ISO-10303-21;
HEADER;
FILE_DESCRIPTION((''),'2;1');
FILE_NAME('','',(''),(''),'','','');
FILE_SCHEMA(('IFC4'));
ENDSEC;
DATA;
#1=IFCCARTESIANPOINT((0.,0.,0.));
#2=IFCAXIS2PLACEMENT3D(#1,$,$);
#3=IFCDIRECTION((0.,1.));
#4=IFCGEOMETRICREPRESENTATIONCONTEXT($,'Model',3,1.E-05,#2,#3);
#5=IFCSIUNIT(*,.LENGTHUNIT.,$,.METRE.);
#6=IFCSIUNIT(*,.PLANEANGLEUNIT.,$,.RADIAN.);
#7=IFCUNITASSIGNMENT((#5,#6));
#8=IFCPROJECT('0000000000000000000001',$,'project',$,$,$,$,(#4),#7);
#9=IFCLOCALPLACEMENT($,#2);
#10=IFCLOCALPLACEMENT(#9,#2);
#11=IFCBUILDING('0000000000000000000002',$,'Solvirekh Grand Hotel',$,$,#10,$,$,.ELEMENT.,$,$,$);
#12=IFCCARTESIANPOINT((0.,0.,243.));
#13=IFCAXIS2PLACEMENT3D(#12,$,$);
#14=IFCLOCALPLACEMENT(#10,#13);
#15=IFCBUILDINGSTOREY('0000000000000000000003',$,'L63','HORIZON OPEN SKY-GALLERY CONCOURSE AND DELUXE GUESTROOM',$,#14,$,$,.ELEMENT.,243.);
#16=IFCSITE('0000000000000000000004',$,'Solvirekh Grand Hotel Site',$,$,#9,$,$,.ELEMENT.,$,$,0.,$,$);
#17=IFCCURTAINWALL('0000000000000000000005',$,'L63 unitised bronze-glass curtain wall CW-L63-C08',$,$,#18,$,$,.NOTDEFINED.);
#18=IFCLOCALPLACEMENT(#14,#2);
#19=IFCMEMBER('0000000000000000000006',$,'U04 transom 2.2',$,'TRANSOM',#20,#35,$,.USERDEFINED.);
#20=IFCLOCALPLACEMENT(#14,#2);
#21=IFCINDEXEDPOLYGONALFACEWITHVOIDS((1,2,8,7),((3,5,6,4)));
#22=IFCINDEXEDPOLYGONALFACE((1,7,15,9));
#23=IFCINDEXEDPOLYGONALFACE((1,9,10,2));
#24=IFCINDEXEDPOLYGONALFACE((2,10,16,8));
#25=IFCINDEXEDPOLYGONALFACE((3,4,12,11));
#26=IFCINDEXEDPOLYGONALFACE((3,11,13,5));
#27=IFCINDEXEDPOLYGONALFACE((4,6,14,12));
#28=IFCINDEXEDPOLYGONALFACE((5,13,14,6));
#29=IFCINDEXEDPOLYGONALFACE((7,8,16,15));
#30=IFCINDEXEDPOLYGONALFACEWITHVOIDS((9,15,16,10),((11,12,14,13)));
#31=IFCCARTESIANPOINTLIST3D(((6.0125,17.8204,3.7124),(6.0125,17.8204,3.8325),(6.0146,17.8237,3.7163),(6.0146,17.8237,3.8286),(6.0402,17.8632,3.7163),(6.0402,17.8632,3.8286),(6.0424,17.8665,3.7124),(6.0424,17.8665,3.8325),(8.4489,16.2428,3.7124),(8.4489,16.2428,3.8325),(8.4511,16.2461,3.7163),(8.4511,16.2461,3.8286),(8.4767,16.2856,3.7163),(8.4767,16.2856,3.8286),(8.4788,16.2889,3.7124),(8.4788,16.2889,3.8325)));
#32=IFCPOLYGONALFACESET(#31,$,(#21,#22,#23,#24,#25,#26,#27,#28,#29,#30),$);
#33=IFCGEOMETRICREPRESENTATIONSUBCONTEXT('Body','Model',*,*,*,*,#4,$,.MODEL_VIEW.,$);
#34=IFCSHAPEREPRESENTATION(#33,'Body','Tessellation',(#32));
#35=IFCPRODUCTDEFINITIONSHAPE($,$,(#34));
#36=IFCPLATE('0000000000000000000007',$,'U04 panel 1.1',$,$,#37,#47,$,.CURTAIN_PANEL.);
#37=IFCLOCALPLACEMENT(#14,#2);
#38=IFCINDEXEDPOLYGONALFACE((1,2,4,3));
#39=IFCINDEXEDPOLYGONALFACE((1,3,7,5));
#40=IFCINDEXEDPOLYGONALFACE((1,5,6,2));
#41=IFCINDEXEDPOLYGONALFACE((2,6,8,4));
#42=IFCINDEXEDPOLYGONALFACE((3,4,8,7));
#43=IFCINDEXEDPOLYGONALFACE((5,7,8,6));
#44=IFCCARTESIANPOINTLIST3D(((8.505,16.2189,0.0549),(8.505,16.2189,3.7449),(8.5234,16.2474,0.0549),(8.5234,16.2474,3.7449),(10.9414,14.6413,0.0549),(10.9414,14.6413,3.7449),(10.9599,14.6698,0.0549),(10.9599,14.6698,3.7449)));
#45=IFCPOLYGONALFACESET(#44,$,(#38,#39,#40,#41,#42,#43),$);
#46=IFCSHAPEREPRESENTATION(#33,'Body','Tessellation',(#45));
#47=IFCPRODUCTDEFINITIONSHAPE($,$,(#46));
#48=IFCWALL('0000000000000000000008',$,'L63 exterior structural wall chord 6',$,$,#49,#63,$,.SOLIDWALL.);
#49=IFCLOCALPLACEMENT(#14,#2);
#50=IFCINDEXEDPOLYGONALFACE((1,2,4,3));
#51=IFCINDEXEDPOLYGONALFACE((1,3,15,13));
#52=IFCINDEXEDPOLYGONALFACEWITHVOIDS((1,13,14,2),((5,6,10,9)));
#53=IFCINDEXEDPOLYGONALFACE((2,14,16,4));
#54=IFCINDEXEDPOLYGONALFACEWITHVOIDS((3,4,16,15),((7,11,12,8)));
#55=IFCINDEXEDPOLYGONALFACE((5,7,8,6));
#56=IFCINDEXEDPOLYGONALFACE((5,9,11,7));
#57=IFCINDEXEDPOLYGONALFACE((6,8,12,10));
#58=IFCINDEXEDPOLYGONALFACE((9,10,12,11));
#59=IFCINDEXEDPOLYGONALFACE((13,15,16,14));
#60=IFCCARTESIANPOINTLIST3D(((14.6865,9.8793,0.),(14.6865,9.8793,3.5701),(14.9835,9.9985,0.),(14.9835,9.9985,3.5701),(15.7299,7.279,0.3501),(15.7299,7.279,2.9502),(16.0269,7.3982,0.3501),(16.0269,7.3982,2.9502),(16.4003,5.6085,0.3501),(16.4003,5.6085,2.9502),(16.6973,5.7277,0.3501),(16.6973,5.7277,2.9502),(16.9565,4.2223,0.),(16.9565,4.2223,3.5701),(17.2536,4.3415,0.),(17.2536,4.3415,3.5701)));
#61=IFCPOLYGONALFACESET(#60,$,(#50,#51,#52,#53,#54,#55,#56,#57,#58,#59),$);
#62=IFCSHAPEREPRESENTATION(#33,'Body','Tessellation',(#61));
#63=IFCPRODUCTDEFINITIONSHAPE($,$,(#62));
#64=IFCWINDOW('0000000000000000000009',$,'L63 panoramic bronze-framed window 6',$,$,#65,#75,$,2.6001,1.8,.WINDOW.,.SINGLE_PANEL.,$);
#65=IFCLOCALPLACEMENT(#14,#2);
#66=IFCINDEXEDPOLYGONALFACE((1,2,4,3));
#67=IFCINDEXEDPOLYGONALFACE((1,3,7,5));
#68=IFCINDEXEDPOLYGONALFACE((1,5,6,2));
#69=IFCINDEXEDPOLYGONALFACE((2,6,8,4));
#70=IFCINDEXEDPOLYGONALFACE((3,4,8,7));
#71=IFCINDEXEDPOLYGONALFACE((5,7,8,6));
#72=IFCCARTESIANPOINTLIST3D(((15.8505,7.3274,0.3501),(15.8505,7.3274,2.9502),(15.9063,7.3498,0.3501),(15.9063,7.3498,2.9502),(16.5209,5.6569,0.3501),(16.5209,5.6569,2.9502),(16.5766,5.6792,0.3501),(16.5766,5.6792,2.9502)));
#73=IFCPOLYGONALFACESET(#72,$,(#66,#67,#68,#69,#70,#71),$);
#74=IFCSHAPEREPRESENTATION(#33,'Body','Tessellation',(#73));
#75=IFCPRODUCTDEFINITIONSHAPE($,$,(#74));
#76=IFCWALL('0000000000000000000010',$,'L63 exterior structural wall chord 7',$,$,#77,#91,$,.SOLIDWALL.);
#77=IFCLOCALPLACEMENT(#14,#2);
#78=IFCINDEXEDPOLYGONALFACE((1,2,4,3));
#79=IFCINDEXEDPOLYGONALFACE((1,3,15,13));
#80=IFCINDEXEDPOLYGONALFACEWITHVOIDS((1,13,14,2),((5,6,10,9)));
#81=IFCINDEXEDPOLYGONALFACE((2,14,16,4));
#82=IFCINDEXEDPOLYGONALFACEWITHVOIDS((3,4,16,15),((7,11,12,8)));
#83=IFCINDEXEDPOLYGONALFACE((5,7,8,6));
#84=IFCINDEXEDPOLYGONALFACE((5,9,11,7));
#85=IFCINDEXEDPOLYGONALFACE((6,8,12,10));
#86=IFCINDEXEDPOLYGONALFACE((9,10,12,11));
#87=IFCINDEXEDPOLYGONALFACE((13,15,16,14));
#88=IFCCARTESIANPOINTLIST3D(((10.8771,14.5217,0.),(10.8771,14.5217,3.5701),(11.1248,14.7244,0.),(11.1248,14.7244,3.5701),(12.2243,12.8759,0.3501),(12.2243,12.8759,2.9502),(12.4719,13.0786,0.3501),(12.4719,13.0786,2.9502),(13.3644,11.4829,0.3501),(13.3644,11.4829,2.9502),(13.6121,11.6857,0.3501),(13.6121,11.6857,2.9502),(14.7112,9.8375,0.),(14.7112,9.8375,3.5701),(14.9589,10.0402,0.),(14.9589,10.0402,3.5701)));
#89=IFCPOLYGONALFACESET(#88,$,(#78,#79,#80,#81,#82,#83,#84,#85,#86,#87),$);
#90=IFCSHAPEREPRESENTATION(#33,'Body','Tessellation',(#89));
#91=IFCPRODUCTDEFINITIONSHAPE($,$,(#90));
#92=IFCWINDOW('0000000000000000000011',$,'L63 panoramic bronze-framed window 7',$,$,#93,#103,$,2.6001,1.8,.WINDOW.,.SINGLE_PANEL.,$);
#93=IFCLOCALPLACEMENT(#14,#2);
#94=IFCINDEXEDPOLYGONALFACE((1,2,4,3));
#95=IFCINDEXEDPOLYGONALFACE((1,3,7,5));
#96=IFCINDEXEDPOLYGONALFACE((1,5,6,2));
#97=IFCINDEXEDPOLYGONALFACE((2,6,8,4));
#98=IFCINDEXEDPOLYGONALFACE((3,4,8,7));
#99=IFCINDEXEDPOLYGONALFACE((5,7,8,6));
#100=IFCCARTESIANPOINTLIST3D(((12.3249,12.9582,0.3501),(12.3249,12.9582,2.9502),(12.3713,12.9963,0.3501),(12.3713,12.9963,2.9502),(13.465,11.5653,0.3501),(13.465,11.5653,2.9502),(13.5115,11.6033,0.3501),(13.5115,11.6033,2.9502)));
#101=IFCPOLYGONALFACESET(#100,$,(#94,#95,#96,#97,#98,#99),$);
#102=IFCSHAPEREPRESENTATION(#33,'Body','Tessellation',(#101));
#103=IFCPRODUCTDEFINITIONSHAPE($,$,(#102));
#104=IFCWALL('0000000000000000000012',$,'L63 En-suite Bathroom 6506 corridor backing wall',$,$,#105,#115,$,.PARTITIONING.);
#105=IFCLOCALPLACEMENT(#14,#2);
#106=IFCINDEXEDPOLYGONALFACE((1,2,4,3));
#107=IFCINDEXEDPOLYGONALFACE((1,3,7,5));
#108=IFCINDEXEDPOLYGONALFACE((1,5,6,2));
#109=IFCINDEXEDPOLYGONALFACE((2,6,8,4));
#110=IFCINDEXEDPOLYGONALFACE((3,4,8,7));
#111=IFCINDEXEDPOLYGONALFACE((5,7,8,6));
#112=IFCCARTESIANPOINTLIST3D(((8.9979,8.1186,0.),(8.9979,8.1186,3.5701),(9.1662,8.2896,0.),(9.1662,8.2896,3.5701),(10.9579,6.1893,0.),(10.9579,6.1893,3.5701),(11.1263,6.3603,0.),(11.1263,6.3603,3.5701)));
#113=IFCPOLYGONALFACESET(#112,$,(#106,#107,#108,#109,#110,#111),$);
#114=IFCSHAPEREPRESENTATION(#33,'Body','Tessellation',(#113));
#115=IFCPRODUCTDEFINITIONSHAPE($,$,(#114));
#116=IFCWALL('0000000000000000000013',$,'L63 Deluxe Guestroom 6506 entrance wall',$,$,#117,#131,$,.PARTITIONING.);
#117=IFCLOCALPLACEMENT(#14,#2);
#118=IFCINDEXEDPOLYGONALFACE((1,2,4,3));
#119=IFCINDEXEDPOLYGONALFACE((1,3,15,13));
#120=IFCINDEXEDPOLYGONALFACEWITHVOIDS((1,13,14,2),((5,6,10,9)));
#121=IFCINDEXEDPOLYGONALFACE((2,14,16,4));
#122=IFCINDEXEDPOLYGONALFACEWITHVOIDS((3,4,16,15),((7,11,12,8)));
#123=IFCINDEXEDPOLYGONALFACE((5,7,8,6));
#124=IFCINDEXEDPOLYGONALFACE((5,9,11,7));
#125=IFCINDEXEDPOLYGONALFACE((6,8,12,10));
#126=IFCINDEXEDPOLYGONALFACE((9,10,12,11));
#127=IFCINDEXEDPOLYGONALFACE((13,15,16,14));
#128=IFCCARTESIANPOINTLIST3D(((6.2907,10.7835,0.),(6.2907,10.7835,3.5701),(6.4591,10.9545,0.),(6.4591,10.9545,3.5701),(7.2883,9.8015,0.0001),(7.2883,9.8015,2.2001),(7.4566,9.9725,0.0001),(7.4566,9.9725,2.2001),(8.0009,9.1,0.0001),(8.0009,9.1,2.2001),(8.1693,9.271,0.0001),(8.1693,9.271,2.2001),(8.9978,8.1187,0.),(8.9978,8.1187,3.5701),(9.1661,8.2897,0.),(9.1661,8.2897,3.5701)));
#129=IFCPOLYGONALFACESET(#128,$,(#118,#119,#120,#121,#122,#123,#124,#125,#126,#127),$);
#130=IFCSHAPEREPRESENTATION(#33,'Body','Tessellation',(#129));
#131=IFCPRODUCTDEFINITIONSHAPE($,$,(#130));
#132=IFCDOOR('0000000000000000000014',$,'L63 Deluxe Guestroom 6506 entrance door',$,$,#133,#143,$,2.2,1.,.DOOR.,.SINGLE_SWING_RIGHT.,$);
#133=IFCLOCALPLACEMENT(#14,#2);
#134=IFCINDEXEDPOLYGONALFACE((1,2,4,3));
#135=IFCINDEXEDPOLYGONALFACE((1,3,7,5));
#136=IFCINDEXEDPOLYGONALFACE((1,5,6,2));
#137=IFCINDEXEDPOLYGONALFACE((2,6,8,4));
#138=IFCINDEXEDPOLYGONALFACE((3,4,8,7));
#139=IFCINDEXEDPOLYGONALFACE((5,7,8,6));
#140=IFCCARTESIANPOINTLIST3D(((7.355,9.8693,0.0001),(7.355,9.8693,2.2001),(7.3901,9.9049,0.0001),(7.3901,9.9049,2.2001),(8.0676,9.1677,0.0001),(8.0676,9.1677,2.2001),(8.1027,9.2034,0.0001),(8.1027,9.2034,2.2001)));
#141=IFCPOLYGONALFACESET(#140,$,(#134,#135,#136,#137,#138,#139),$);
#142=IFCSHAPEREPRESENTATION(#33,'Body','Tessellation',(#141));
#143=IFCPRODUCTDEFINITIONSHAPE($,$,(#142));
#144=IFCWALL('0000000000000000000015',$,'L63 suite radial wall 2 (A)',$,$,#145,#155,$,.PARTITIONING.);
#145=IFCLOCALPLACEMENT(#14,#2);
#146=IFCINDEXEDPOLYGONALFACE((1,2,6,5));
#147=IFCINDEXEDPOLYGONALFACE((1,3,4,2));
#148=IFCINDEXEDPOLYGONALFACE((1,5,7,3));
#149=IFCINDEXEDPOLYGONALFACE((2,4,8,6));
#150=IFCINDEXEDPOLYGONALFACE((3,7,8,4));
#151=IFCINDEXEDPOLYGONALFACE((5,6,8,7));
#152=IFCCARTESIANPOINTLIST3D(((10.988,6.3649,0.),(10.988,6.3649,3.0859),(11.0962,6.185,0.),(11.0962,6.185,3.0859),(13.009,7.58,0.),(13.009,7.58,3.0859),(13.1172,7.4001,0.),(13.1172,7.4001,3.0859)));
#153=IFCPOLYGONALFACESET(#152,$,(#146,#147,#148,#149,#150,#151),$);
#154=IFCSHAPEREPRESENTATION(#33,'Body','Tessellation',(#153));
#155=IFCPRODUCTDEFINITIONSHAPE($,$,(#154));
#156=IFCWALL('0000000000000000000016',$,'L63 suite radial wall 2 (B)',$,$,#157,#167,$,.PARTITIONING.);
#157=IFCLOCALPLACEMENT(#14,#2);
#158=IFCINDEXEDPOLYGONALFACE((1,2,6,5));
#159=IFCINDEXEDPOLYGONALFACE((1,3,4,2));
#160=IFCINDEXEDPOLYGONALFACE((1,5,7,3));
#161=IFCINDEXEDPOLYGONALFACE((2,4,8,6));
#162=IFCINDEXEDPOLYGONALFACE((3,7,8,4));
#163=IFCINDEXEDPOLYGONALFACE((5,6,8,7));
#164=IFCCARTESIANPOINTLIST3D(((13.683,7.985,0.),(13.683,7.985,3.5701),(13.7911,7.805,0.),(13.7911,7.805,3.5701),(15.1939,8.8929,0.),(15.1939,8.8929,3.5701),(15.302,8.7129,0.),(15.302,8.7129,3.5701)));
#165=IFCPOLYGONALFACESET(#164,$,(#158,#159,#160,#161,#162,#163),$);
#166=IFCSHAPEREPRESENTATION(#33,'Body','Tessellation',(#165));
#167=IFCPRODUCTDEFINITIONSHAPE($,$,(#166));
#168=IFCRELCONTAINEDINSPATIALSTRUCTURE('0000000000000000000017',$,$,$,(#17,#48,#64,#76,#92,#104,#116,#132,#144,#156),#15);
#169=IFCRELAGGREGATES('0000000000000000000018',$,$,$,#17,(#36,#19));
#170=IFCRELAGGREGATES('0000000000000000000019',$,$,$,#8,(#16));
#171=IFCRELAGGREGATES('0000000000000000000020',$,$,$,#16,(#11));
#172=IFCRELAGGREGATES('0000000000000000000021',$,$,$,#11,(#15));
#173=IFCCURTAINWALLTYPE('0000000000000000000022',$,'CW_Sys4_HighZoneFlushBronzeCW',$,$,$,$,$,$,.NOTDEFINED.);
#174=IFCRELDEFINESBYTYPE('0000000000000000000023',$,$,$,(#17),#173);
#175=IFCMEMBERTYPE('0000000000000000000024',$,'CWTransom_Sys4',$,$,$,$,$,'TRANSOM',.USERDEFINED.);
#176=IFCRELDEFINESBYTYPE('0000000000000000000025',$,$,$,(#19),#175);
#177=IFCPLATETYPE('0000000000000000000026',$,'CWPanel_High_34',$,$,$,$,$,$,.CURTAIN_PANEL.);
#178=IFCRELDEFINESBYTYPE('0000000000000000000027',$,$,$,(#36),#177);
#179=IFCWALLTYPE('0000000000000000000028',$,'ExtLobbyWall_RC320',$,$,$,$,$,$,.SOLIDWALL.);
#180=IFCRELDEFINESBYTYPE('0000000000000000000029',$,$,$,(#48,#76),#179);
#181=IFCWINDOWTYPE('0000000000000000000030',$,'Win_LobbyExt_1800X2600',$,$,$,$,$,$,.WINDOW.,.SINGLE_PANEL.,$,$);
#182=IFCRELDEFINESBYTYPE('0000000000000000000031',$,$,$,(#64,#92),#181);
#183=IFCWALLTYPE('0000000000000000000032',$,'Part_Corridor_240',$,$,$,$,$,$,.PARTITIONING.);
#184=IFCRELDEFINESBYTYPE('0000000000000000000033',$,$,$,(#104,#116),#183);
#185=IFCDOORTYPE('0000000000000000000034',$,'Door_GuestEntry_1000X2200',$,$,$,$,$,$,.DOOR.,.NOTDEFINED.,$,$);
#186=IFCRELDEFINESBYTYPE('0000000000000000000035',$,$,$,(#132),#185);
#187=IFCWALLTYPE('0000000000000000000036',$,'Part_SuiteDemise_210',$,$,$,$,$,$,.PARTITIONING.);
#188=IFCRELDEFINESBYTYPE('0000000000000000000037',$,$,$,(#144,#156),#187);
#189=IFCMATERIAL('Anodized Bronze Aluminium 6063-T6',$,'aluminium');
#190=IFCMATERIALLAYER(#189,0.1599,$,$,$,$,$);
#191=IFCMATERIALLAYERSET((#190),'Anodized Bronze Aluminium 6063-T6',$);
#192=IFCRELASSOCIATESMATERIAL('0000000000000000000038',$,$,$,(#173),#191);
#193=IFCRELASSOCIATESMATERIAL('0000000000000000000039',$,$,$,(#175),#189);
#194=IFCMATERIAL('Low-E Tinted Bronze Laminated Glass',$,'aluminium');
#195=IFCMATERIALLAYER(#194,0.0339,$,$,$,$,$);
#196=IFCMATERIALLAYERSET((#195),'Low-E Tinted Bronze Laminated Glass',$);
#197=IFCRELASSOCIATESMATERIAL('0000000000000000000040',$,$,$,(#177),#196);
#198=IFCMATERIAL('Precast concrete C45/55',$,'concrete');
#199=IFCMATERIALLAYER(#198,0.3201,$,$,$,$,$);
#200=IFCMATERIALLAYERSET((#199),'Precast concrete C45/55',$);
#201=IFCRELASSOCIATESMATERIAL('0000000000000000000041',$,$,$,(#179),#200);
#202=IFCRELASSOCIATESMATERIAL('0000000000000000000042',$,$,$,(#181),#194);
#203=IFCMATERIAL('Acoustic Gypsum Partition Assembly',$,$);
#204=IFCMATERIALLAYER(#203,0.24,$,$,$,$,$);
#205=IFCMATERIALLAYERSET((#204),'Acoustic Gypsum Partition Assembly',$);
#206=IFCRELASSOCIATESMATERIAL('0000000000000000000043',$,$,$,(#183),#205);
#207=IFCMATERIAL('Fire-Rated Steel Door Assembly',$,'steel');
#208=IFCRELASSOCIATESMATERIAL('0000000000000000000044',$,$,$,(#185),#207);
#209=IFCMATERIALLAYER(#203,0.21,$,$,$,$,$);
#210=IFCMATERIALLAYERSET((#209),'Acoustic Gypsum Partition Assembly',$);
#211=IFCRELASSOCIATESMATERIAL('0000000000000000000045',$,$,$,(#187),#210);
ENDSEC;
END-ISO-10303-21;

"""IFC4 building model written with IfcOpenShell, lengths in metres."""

from ifc_helpers import new_model, si_unit, direction, frame, frame_2d, origin, origin_2d, place, context, subcontext, project, spatial, rectangle, hollow_rectangle, extrude, source, transform, mapped, material, layer, layer_set, material_profile, profile_set, type_object, element, fill, aggregate, save


model = new_model("IFC4")

# Units and contexts
model_context = context("Model", 3, precision=1e-05, world=origin(), true_north=direction((0.0, 1.0)))
body_context = subcontext(model_context, "Body", "Model", "MODEL_VIEW")
ifc_project = project(units=[si_unit("LENGTHUNIT", "METRE"), si_unit("PLANEANGLEUNIT", "RADIAN")], contexts=[model_context])

# Site, building, storey
site_placement = place(None, origin())
site = spatial("IfcSite", under=ifc_project, at=site_placement, Name="Solvirekh Grand Hotel Site", CompositionType="ELEMENT", RefElevation=0.0)
building_placement = place(site_placement, origin())
building = spatial("IfcBuilding", under=site, at=building_placement, Name="Solvirekh Grand Hotel", CompositionType="ELEMENT")
storey_placement = place(building_placement, frame((0.0, 0.0, 243.0)))
storey = spatial("IfcBuildingStorey", under=building, at=storey_placement, Name="L63", Description="HORIZON OPEN SKY-GALLERY CONCOURSE AND DELUXE GUESTROOM", CompositionType="ELEMENT", Elevation=243.0)

# Curtain wall, member, plate
ifc_material_1 = material(Name="Anodized Bronze Aluminium 6063-T6", Category="aluminium")
ifc_layer_1 = layer(ifc_material_1, 0.1599)
ifc_layer_set_1 = layer_set([ifc_layer_1], Name="Anodized Bronze Aluminium 6063-T6")
curtain_wall_type = type_object("IfcCurtainWallType", Name="CW_Sys4_HighZoneFlushBronzeCW", PredefinedType="NOTDEFINED", material=ifc_layer_set_1)
curtain_wall_placement = place(storey_placement, origin())
curtain_wall = element("IfcCurtainWall", 1, at=curtain_wall_placement, inside=storey, type_object=curtain_wall_type, Name="L63 unitised bronze-glass curtain wall CW-L63-C08", PredefinedType="NOTDEFINED")
ifc_material_profile_1 = material_profile(ifc_material_1, hollow_rectangle(XDim=0.0549, YDim=0.1201, WallThickness=0.0039, at=origin_2d()), Name="ALU RHS 120X55X4")
ifc_profile_set_1 = profile_set([ifc_material_profile_1], Name="Anodized Bronze Aluminium 6063-T6")
member_type_1 = type_object("IfcMemberType", Name="CWTransom_Sys4", ElementType="TRANSOM", PredefinedType="USERDEFINED", material=ifc_profile_set_1)
shared_shape_1 = source(origin(), body_context, "Body", "SweptSolid", [
    extrude(hollow_rectangle(XDim=0.0549, YDim=0.1201, WallThickness=0.0039, at=origin_2d()), origin(), (0.0, 0.0, 1.0), 2.9026),
])
member_1_placement = place(storey_placement, frame((8.4639, 16.2659, 3.7725), z_axis=(-0.839403, 0.543509, 0.0), x_axis=(-0.543509, -0.839403, 0.0)))
member_1 = element("IfcMember", 2, at=member_1_placement, type_object=member_type_1, Name="U04 transom 2.2", ObjectType="TRANSOM", PredefinedType="USERDEFINED", context=body_context, shape_type="MappedRepresentation", body=[
    mapped(shared_shape_1, transform((0.0, 0.0, 0.0), x_axis=(1.0, 0.0, 0.0), y_axis=(0.0, 1.0, 0.0), z_axis=(0.0, 0.0, 1.0), scale=1.0)),
])
ifc_material_2 = material(Name="Low-E Tinted Bronze Laminated Glass", Category="aluminium")
ifc_layer_2 = layer(ifc_material_2, 0.0339)
ifc_layer_set_2 = layer_set([ifc_layer_2], Name="Low-E Tinted Bronze Laminated Glass")
plate_type = type_object("IfcPlateType", Name="CWPanel_High_34", PredefinedType="CURTAIN_PANEL", material=ifc_layer_set_2)
shared_shape_2 = source(origin(), body_context, "Body", "SweptSolid", [
    extrude(rectangle(XDim=2.9026, YDim=0.0339, at=origin_2d()), origin(), (0.0, 0.0, 1.0), 3.6899),
])
plate_placement = place(storey_placement, frame((9.7324, 15.4443, 0.0549), z_axis=(0.0, 0.0, 1.0), x_axis=(-0.839404, 0.543508, 0.0)))
plate = element("IfcPlate", 3, at=plate_placement, type_object=plate_type, Name="U04 panel 1.1", PredefinedType="CURTAIN_PANEL", context=body_context, shape_type="MappedRepresentation", body=[
    mapped(shared_shape_2, transform((0.0, 0.0, 0.0), x_axis=(1.0, 0.0, 0.0), y_axis=(0.0, 1.0, 0.0), z_axis=(0.0, 0.0, 1.0), scale=1.0)),
])
aggregate(curtain_wall, [plate, member_1])

# Walls, openings, windows
ifc_material_3 = material(Name="Precast concrete C45/55", Category="concrete")
ifc_layer_3 = layer(ifc_material_3, 0.3201)
ifc_layer_set_3 = layer_set([ifc_layer_3], Name="Precast concrete C45/55")
wall_type_1 = type_object("IfcWallType", Name="ExtLobbyWall_RC320", PredefinedType="SOLIDWALL", material=ifc_layer_set_3)
wall_1_placement = place(storey_placement, frame((14.835, 9.939, 0.0), z_axis=(0.0, 0.0, 1.0), x_axis=(0.372412, -0.928067, 0.0)))
wall_1 = element("IfcWall", 4, at=wall_1_placement, inside=storey, type_object=wall_type_1, Name="L63 exterior structural wall chord 6", PredefinedType="SOLIDWALL", context=body_context, shape_type="SweptSolid", body=[
    extrude(rectangle(XDim=6.0955, YDim=0.3201, at=frame_2d((3.0479, 0.0))), origin(), (0.0, 0.0, 1.0), 3.5701),
])
opening_1_placement = place(wall_1_placement, frame((2.802, 0.0, 0.3501)))
opening_1 = element("IfcOpeningElement", 5, at=opening_1_placement, cuts=wall_1, PredefinedType="OPENING", context=body_context, shape_type="SweptSolid", body=[
    extrude(rectangle(XDim=1.8, YDim=2.6001, at=frame_2d((0.8999, 1.3))), frame((0.0, 0.1699, 0.0), z_axis=(0.0, -1.0, 0.0), x_axis=(1.0, 0.0, 0.0)), (0.0, 0.0, 1.0), 0.3401),
])
window_type = type_object("IfcWindowType", Name="Win_LobbyExt_1800X2600", PartitioningType="SINGLE_PANEL", PredefinedType="WINDOW", material=ifc_material_2)
window_1_placement = place(opening_1_placement, origin())
window_1 = element("IfcWindow", 6, at=window_1_placement, inside=storey, type_object=window_type, Name="L63 panoramic bronze-framed window 6", OverallHeight=2.6001, OverallWidth=1.8, PartitioningType="SINGLE_PANEL", PredefinedType="WINDOW", context=body_context, shape_type="SweptSolid", body=[
    extrude(rectangle(XDim=1.8, YDim=2.6001, at=frame_2d((0.8999, 1.3))), frame((0.0, 0.03, 0.0), z_axis=(0.0, -1.0, 0.0), x_axis=(1.0, 0.0, 0.0)), (0.0, 0.0, 1.0), 0.0601),
])
fill(opening_1, window_1)
wall_2_placement = place(storey_placement, frame((11.001, 14.623, 0.0), z_axis=(0.0, 0.0, 1.0), x_axis=(0.633392, -0.773831, 0.0)))
wall_2 = element("IfcWall", 7, at=wall_2_placement, inside=storey, type_object=wall_type_1, Name="L63 exterior structural wall chord 7", PredefinedType="SOLIDWALL", context=body_context, shape_type="SweptSolid", body=[
    extrude(rectangle(XDim=6.0532, YDim=0.3201, at=frame_2d((3.0266, 0.0))), origin(), (0.0, 0.0, 1.0), 3.5701),
])
opening_2_placement = place(wall_2_placement, frame((2.127, 0.0, 0.3501)))
opening_2 = element("IfcOpeningElement", 8, at=opening_2_placement, cuts=wall_2, PredefinedType="OPENING", context=body_context, shape_type="SweptSolid", body=[
    extrude(rectangle(XDim=1.8, YDim=2.6001, at=frame_2d((0.8999, 1.3))), frame((0.0, 0.1699, 0.0), z_axis=(0.0, -1.0, 0.0), x_axis=(1.0, 0.0, 0.0)), (0.0, 0.0, 1.0), 0.3401),
])
window_2_placement = place(opening_2_placement, origin())
window_2 = element("IfcWindow", 9, at=window_2_placement, inside=storey, type_object=window_type, Name="L63 panoramic bronze-framed window 7", OverallHeight=2.6001, OverallWidth=1.8, PartitioningType="SINGLE_PANEL", PredefinedType="WINDOW", context=body_context, shape_type="SweptSolid", body=[
    extrude(rectangle(XDim=1.8, YDim=2.6001, at=frame_2d((0.8999, 1.3))), frame((0.0, 0.03, 0.0), z_axis=(0.0, -1.0, 0.0), x_axis=(1.0, 0.0, 0.0)), (0.0, 0.0, 1.0), 0.0601),
])
fill(opening_2, window_2)

# Wall
ifc_material_4 = material(Name="Acoustic Gypsum Partition Assembly")
ifc_layer_4 = layer(ifc_material_4, 0.24)
ifc_layer_set_4 = layer_set([ifc_layer_4], Name="Acoustic Gypsum Partition Assembly")
wall_type_2 = type_object("IfcWallType", Name="Part_Corridor_240", PredefinedType="PARTITIONING", material=ifc_layer_set_4)
wall_3_placement = place(storey_placement, frame((11.042, 6.2749, 0.0), z_axis=(0.0, 0.0, 1.0), x_axis=(-0.712677, 0.701492, 0.0)))
element("IfcWall", 10, at=wall_3_placement, inside=storey, type_object=wall_type_2, Name="L63 En-suite Bathroom 6506 corridor backing wall", PredefinedType="PARTITIONING", context=body_context, shape_type="SweptSolid", body=[
    extrude(rectangle(XDim=2.7502, YDim=0.24, at=frame_2d((1.375, 0.0))), origin(), (0.0, 0.0, 1.0), 3.5701),
])

# Wall, opening, door
wall_4_placement = place(storey_placement, frame((9.082, 8.2041, 0.0), z_axis=(0.0, 0.0, 1.0), x_axis=(-0.712644, 0.701525, 0.0)))
wall_4 = element("IfcWall", 11, at=wall_4_placement, inside=storey, type_object=wall_type_2, Name="L63 Deluxe Guestroom 6506 entrance wall", PredefinedType="PARTITIONING", context=body_context, shape_type="SweptSolid", body=[
    extrude(rectangle(XDim=3.7986, YDim=0.24, at=frame_2d((1.8994, 0.0))), origin(), (0.0, 0.0, 1.0), 3.5701),
])
opening_3_placement = place(wall_4_placement, frame((1.3989, 0.0, 0.0)))
opening_3 = element("IfcOpeningElement", 12, at=opening_3_placement, cuts=wall_4, PredefinedType="OPENING", context=body_context, shape_type="SweptSolid", body=[
    extrude(rectangle(XDim=1.0, YDim=2.2, at=frame_2d((0.5, 1.1001))), frame((0.0, 0.1299, 0.0), z_axis=(0.0, -1.0, 0.0), x_axis=(1.0, 0.0, 0.0)), (0.0, 0.0, 1.0), 0.26),
])
ifc_material_5 = material(Name="Fire-Rated Steel Door Assembly", Category="steel")
door_type_1 = type_object("IfcDoorType", Name="Door_GuestEntry_1000X2200", OperationType="NOTDEFINED", PredefinedType="DOOR", material=ifc_material_5)
door_1_placement = place(opening_3_placement, origin())
door_1 = element("IfcDoor", 13, at=door_1_placement, inside=storey, type_object=door_type_1, Name="L63 Deluxe Guestroom 6506 entrance door", OperationType="SINGLE_SWING_RIGHT", OverallHeight=2.2, OverallWidth=1.0, PredefinedType="DOOR", context=body_context, shape_type="SweptSolid", body=[
    extrude(rectangle(XDim=1.0, YDim=2.2, at=frame_2d((0.5, 1.1001))), frame((0.0, 0.0249, 0.0), z_axis=(0.0, -1.0, 0.0), x_axis=(1.0, 0.0, 0.0)), (0.0, 0.0, 1.0), 0.05),
])
fill(opening_3, door_1)

# Walls
ifc_layer_5 = layer(ifc_material_4, 0.21)
ifc_layer_set_5 = layer_set([ifc_layer_5], Name="Acoustic Gypsum Partition Assembly")
wall_type_3 = type_object("IfcWallType", Name="Part_SuiteDemise_210", PredefinedType="PARTITIONING", material=ifc_layer_set_5)
wall_5_placement = place(storey_placement, frame((11.042, 6.2749, 0.0), z_axis=(0.0, 0.0, 1.0), x_axis=(0.857027, 0.515272, 0.0)))
element("IfcWall", 14, at=wall_5_placement, inside=storey, type_object=wall_type_3, Name="L63 suite radial wall 2 (A)", PredefinedType="PARTITIONING", context=body_context, shape_type="SweptSolid", body=[
    extrude(rectangle(XDim=2.3582, YDim=0.21, at=frame_2d((1.1792, 0.0))), origin(), (0.0, 0.0, 1.0), 3.0859),
])
wall_6_placement = place(storey_placement, frame((13.7371, 7.895, 0.0), z_axis=(0.0, 0.0, 1.0), x_axis=(0.857151, 0.515066, 0.0)))
element("IfcWall", 15, at=wall_6_placement, inside=storey, type_object=wall_type_3, Name="L63 suite radial wall 2 (B)", PredefinedType="PARTITIONING", context=body_context, shape_type="SweptSolid", body=[
    extrude(rectangle(XDim=1.7627, YDim=0.21, at=frame_2d((0.8813, 0.0))), origin(), (0.0, 0.0, 1.0), 3.5701),
])

save(model, "model.ifc")
